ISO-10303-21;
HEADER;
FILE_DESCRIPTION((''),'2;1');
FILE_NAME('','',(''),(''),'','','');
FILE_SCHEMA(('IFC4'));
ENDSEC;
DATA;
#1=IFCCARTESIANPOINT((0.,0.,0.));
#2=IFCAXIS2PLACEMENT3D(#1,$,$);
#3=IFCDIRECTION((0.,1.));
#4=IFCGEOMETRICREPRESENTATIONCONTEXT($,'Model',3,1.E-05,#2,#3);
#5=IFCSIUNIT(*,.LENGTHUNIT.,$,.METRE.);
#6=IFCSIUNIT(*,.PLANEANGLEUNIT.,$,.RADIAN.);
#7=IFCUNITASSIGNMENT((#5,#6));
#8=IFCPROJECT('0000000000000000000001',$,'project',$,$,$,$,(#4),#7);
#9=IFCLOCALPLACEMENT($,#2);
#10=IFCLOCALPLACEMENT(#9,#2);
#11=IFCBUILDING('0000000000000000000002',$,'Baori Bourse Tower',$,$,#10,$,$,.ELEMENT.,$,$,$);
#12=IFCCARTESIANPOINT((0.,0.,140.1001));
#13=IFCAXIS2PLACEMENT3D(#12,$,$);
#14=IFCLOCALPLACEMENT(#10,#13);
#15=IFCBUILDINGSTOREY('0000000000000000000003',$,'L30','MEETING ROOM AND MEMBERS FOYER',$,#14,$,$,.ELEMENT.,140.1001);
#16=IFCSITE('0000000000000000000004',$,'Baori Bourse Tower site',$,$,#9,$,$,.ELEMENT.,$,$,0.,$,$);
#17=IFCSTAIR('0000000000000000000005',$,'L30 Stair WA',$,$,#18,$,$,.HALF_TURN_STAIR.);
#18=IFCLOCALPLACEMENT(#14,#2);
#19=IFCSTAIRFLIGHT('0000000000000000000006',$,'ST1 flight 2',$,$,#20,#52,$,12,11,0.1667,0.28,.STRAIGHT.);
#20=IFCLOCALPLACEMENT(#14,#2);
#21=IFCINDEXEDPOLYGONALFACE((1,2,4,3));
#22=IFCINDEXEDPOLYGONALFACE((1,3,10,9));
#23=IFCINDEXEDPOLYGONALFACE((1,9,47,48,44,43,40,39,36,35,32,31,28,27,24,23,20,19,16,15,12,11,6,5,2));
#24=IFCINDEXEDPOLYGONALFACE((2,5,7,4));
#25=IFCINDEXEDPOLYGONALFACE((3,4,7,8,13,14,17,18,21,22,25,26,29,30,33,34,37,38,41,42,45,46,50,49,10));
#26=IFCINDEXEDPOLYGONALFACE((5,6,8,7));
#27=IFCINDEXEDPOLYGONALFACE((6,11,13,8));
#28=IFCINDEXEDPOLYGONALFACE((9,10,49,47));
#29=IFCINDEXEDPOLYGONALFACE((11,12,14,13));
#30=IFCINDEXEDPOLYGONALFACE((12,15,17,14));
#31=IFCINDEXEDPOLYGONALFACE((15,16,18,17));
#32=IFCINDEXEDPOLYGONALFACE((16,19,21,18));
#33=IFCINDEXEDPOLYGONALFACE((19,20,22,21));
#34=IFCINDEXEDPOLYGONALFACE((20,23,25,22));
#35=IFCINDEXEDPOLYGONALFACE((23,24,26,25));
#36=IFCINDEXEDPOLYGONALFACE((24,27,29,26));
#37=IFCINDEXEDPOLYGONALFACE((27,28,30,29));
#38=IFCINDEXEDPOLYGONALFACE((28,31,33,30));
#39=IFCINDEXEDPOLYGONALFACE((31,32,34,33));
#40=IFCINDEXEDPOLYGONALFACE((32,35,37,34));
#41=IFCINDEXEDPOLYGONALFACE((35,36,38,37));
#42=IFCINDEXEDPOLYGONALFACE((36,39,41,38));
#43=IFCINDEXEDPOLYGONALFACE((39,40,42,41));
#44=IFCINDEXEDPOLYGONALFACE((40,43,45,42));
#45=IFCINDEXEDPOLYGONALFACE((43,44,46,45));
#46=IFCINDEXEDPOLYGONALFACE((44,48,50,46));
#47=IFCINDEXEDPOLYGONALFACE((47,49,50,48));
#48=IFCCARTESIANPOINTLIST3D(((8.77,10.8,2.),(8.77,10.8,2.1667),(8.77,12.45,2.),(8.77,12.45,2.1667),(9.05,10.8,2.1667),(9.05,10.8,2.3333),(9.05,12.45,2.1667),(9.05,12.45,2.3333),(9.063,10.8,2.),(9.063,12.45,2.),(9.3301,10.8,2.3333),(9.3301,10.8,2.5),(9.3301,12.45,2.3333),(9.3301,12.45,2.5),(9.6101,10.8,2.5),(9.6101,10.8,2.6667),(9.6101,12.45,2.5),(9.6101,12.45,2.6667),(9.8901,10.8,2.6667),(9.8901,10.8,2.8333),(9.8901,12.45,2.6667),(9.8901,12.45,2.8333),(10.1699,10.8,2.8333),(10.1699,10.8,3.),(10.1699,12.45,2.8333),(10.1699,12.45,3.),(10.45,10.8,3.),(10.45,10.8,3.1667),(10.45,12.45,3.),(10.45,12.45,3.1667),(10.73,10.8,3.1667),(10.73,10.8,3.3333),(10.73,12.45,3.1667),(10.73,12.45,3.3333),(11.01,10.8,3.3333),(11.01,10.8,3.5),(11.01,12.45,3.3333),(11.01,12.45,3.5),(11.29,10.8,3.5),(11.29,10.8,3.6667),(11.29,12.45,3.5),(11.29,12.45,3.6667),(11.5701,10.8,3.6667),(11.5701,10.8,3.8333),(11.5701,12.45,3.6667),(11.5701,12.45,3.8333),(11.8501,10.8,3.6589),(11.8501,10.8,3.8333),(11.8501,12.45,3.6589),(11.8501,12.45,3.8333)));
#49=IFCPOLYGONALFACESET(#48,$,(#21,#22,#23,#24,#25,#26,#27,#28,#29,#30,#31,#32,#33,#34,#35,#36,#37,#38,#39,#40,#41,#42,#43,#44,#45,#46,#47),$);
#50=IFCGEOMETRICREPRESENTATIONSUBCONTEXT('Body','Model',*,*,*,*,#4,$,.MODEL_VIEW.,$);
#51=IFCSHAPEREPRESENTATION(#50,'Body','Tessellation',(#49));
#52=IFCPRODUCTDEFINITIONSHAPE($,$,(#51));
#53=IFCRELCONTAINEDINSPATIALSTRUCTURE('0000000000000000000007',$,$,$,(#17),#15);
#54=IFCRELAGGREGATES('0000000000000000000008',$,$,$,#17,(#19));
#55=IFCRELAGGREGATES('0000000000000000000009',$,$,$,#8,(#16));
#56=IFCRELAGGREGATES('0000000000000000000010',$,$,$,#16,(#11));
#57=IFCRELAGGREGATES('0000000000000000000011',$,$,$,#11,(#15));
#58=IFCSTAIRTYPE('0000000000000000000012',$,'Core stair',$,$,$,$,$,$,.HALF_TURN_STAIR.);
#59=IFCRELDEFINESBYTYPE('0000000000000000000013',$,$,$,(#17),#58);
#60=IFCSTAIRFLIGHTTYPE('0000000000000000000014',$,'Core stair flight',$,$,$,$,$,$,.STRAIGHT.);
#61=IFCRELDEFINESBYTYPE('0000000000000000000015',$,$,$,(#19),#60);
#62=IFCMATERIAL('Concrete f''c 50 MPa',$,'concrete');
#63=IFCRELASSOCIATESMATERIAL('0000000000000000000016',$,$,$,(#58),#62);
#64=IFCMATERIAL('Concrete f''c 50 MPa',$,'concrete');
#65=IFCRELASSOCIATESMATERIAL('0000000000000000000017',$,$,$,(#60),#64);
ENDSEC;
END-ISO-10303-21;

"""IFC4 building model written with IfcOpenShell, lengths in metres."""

from ifc_helpers import new_model, si_unit, direction, frame, origin, place, context, subcontext, project, spatial, polyline, outline, extrude, material, type_object, element, aggregate, save


model = new_model("IFC4")

# Units and contexts
model_context = context("Model", 3, precision=1e-05, world=origin(), true_north=direction((0.0, 1.0)))
body_context = subcontext(model_context, "Body", "Model", "MODEL_VIEW")
ifc_project = project(units=[si_unit("LENGTHUNIT", "METRE"), si_unit("PLANEANGLEUNIT", "RADIAN")], contexts=[model_context])

# Site, building, storey
site_placement = place(None, origin())
site = spatial("IfcSite", under=ifc_project, at=site_placement, Name="Baori Bourse Tower site", CompositionType="ELEMENT", RefElevation=0.0)
building_placement = place(site_placement, origin())
building = spatial("IfcBuilding", under=site, at=building_placement, Name="Baori Bourse Tower", CompositionType="ELEMENT")
storey_placement = place(building_placement, frame((0.0, 0.0, 140.1001)))
storey = spatial("IfcBuildingStorey", under=building, at=storey_placement, Name="L30", Description="MEETING ROOM AND MEMBERS FOYER", CompositionType="ELEMENT", Elevation=140.1001)

# Stair, stair flight
ifc_material_1 = material(Name="Concrete f'c 50 MPa", Category="concrete")
stair_type = type_object("IfcStairType", Name="Core stair", PredefinedType="HALF_TURN_STAIR", material=ifc_material_1)
stair_placement = place(storey_placement, origin())
stair = element("IfcStair", 1, at=stair_placement, inside=storey, type_object=stair_type, Name="L30 Stair WA", PredefinedType="HALF_TURN_STAIR")
ifc_material_2 = material(Name="Concrete f'c 50 MPa", Category="concrete")
stair_flight_type = type_object("IfcStairFlightType", Name="Core stair flight", PredefinedType="STRAIGHT", material=ifc_material_2)
stair_flight_1_placement = place(storey_placement, frame((8.77, 11.625, 2.0), z_axis=(0.0, 0.0, 1.0), x_axis=(1.0, 0.0, 0.0)))
stair_flight_1 = element("IfcStairFlight", 2, at=stair_flight_1_placement, type_object=stair_flight_type, Name="ST1 flight 2", NumberOfRisers=12, NumberOfTreads=11, PredefinedType="STRAIGHT", RiserHeight=0.1667, TreadLength=0.28, context=body_context, shape_type="SweptSolid", body=[
    extrude(outline(polyline([(0.0, 0.0), (0.0, 0.1667), (0.28, 0.1667), (0.28, 0.3333), (0.5601, 0.3333), (0.5601, 0.5), (0.8401, 0.5), (0.8401, 0.6667), (1.1201, 0.6667), (1.1201, 0.8333), (1.3999, 0.8333), (1.3999, 1.0), (1.6799, 1.0), (1.6799, 1.1667), (1.96, 1.1667), (1.96, 1.3333), (2.24, 1.3333), (2.24, 1.5), (2.52, 1.5), (2.52, 1.6667), (2.8, 1.6667), (2.8, 1.8333), (3.0801, 1.8333), (3.0801, 2.0), (3.0801, 1.6589), (0.293, 0.0), (0.0, 0.0)])), frame((0.0, 0.825, 0.0), z_axis=(0.0, -1.0, 0.0), x_axis=(1.0, 0.0, 0.0)), (0.0, 0.0, 1.0), 1.6499),
])
aggregate(stair, [stair_flight_1])

save(model, "model.ifc")
